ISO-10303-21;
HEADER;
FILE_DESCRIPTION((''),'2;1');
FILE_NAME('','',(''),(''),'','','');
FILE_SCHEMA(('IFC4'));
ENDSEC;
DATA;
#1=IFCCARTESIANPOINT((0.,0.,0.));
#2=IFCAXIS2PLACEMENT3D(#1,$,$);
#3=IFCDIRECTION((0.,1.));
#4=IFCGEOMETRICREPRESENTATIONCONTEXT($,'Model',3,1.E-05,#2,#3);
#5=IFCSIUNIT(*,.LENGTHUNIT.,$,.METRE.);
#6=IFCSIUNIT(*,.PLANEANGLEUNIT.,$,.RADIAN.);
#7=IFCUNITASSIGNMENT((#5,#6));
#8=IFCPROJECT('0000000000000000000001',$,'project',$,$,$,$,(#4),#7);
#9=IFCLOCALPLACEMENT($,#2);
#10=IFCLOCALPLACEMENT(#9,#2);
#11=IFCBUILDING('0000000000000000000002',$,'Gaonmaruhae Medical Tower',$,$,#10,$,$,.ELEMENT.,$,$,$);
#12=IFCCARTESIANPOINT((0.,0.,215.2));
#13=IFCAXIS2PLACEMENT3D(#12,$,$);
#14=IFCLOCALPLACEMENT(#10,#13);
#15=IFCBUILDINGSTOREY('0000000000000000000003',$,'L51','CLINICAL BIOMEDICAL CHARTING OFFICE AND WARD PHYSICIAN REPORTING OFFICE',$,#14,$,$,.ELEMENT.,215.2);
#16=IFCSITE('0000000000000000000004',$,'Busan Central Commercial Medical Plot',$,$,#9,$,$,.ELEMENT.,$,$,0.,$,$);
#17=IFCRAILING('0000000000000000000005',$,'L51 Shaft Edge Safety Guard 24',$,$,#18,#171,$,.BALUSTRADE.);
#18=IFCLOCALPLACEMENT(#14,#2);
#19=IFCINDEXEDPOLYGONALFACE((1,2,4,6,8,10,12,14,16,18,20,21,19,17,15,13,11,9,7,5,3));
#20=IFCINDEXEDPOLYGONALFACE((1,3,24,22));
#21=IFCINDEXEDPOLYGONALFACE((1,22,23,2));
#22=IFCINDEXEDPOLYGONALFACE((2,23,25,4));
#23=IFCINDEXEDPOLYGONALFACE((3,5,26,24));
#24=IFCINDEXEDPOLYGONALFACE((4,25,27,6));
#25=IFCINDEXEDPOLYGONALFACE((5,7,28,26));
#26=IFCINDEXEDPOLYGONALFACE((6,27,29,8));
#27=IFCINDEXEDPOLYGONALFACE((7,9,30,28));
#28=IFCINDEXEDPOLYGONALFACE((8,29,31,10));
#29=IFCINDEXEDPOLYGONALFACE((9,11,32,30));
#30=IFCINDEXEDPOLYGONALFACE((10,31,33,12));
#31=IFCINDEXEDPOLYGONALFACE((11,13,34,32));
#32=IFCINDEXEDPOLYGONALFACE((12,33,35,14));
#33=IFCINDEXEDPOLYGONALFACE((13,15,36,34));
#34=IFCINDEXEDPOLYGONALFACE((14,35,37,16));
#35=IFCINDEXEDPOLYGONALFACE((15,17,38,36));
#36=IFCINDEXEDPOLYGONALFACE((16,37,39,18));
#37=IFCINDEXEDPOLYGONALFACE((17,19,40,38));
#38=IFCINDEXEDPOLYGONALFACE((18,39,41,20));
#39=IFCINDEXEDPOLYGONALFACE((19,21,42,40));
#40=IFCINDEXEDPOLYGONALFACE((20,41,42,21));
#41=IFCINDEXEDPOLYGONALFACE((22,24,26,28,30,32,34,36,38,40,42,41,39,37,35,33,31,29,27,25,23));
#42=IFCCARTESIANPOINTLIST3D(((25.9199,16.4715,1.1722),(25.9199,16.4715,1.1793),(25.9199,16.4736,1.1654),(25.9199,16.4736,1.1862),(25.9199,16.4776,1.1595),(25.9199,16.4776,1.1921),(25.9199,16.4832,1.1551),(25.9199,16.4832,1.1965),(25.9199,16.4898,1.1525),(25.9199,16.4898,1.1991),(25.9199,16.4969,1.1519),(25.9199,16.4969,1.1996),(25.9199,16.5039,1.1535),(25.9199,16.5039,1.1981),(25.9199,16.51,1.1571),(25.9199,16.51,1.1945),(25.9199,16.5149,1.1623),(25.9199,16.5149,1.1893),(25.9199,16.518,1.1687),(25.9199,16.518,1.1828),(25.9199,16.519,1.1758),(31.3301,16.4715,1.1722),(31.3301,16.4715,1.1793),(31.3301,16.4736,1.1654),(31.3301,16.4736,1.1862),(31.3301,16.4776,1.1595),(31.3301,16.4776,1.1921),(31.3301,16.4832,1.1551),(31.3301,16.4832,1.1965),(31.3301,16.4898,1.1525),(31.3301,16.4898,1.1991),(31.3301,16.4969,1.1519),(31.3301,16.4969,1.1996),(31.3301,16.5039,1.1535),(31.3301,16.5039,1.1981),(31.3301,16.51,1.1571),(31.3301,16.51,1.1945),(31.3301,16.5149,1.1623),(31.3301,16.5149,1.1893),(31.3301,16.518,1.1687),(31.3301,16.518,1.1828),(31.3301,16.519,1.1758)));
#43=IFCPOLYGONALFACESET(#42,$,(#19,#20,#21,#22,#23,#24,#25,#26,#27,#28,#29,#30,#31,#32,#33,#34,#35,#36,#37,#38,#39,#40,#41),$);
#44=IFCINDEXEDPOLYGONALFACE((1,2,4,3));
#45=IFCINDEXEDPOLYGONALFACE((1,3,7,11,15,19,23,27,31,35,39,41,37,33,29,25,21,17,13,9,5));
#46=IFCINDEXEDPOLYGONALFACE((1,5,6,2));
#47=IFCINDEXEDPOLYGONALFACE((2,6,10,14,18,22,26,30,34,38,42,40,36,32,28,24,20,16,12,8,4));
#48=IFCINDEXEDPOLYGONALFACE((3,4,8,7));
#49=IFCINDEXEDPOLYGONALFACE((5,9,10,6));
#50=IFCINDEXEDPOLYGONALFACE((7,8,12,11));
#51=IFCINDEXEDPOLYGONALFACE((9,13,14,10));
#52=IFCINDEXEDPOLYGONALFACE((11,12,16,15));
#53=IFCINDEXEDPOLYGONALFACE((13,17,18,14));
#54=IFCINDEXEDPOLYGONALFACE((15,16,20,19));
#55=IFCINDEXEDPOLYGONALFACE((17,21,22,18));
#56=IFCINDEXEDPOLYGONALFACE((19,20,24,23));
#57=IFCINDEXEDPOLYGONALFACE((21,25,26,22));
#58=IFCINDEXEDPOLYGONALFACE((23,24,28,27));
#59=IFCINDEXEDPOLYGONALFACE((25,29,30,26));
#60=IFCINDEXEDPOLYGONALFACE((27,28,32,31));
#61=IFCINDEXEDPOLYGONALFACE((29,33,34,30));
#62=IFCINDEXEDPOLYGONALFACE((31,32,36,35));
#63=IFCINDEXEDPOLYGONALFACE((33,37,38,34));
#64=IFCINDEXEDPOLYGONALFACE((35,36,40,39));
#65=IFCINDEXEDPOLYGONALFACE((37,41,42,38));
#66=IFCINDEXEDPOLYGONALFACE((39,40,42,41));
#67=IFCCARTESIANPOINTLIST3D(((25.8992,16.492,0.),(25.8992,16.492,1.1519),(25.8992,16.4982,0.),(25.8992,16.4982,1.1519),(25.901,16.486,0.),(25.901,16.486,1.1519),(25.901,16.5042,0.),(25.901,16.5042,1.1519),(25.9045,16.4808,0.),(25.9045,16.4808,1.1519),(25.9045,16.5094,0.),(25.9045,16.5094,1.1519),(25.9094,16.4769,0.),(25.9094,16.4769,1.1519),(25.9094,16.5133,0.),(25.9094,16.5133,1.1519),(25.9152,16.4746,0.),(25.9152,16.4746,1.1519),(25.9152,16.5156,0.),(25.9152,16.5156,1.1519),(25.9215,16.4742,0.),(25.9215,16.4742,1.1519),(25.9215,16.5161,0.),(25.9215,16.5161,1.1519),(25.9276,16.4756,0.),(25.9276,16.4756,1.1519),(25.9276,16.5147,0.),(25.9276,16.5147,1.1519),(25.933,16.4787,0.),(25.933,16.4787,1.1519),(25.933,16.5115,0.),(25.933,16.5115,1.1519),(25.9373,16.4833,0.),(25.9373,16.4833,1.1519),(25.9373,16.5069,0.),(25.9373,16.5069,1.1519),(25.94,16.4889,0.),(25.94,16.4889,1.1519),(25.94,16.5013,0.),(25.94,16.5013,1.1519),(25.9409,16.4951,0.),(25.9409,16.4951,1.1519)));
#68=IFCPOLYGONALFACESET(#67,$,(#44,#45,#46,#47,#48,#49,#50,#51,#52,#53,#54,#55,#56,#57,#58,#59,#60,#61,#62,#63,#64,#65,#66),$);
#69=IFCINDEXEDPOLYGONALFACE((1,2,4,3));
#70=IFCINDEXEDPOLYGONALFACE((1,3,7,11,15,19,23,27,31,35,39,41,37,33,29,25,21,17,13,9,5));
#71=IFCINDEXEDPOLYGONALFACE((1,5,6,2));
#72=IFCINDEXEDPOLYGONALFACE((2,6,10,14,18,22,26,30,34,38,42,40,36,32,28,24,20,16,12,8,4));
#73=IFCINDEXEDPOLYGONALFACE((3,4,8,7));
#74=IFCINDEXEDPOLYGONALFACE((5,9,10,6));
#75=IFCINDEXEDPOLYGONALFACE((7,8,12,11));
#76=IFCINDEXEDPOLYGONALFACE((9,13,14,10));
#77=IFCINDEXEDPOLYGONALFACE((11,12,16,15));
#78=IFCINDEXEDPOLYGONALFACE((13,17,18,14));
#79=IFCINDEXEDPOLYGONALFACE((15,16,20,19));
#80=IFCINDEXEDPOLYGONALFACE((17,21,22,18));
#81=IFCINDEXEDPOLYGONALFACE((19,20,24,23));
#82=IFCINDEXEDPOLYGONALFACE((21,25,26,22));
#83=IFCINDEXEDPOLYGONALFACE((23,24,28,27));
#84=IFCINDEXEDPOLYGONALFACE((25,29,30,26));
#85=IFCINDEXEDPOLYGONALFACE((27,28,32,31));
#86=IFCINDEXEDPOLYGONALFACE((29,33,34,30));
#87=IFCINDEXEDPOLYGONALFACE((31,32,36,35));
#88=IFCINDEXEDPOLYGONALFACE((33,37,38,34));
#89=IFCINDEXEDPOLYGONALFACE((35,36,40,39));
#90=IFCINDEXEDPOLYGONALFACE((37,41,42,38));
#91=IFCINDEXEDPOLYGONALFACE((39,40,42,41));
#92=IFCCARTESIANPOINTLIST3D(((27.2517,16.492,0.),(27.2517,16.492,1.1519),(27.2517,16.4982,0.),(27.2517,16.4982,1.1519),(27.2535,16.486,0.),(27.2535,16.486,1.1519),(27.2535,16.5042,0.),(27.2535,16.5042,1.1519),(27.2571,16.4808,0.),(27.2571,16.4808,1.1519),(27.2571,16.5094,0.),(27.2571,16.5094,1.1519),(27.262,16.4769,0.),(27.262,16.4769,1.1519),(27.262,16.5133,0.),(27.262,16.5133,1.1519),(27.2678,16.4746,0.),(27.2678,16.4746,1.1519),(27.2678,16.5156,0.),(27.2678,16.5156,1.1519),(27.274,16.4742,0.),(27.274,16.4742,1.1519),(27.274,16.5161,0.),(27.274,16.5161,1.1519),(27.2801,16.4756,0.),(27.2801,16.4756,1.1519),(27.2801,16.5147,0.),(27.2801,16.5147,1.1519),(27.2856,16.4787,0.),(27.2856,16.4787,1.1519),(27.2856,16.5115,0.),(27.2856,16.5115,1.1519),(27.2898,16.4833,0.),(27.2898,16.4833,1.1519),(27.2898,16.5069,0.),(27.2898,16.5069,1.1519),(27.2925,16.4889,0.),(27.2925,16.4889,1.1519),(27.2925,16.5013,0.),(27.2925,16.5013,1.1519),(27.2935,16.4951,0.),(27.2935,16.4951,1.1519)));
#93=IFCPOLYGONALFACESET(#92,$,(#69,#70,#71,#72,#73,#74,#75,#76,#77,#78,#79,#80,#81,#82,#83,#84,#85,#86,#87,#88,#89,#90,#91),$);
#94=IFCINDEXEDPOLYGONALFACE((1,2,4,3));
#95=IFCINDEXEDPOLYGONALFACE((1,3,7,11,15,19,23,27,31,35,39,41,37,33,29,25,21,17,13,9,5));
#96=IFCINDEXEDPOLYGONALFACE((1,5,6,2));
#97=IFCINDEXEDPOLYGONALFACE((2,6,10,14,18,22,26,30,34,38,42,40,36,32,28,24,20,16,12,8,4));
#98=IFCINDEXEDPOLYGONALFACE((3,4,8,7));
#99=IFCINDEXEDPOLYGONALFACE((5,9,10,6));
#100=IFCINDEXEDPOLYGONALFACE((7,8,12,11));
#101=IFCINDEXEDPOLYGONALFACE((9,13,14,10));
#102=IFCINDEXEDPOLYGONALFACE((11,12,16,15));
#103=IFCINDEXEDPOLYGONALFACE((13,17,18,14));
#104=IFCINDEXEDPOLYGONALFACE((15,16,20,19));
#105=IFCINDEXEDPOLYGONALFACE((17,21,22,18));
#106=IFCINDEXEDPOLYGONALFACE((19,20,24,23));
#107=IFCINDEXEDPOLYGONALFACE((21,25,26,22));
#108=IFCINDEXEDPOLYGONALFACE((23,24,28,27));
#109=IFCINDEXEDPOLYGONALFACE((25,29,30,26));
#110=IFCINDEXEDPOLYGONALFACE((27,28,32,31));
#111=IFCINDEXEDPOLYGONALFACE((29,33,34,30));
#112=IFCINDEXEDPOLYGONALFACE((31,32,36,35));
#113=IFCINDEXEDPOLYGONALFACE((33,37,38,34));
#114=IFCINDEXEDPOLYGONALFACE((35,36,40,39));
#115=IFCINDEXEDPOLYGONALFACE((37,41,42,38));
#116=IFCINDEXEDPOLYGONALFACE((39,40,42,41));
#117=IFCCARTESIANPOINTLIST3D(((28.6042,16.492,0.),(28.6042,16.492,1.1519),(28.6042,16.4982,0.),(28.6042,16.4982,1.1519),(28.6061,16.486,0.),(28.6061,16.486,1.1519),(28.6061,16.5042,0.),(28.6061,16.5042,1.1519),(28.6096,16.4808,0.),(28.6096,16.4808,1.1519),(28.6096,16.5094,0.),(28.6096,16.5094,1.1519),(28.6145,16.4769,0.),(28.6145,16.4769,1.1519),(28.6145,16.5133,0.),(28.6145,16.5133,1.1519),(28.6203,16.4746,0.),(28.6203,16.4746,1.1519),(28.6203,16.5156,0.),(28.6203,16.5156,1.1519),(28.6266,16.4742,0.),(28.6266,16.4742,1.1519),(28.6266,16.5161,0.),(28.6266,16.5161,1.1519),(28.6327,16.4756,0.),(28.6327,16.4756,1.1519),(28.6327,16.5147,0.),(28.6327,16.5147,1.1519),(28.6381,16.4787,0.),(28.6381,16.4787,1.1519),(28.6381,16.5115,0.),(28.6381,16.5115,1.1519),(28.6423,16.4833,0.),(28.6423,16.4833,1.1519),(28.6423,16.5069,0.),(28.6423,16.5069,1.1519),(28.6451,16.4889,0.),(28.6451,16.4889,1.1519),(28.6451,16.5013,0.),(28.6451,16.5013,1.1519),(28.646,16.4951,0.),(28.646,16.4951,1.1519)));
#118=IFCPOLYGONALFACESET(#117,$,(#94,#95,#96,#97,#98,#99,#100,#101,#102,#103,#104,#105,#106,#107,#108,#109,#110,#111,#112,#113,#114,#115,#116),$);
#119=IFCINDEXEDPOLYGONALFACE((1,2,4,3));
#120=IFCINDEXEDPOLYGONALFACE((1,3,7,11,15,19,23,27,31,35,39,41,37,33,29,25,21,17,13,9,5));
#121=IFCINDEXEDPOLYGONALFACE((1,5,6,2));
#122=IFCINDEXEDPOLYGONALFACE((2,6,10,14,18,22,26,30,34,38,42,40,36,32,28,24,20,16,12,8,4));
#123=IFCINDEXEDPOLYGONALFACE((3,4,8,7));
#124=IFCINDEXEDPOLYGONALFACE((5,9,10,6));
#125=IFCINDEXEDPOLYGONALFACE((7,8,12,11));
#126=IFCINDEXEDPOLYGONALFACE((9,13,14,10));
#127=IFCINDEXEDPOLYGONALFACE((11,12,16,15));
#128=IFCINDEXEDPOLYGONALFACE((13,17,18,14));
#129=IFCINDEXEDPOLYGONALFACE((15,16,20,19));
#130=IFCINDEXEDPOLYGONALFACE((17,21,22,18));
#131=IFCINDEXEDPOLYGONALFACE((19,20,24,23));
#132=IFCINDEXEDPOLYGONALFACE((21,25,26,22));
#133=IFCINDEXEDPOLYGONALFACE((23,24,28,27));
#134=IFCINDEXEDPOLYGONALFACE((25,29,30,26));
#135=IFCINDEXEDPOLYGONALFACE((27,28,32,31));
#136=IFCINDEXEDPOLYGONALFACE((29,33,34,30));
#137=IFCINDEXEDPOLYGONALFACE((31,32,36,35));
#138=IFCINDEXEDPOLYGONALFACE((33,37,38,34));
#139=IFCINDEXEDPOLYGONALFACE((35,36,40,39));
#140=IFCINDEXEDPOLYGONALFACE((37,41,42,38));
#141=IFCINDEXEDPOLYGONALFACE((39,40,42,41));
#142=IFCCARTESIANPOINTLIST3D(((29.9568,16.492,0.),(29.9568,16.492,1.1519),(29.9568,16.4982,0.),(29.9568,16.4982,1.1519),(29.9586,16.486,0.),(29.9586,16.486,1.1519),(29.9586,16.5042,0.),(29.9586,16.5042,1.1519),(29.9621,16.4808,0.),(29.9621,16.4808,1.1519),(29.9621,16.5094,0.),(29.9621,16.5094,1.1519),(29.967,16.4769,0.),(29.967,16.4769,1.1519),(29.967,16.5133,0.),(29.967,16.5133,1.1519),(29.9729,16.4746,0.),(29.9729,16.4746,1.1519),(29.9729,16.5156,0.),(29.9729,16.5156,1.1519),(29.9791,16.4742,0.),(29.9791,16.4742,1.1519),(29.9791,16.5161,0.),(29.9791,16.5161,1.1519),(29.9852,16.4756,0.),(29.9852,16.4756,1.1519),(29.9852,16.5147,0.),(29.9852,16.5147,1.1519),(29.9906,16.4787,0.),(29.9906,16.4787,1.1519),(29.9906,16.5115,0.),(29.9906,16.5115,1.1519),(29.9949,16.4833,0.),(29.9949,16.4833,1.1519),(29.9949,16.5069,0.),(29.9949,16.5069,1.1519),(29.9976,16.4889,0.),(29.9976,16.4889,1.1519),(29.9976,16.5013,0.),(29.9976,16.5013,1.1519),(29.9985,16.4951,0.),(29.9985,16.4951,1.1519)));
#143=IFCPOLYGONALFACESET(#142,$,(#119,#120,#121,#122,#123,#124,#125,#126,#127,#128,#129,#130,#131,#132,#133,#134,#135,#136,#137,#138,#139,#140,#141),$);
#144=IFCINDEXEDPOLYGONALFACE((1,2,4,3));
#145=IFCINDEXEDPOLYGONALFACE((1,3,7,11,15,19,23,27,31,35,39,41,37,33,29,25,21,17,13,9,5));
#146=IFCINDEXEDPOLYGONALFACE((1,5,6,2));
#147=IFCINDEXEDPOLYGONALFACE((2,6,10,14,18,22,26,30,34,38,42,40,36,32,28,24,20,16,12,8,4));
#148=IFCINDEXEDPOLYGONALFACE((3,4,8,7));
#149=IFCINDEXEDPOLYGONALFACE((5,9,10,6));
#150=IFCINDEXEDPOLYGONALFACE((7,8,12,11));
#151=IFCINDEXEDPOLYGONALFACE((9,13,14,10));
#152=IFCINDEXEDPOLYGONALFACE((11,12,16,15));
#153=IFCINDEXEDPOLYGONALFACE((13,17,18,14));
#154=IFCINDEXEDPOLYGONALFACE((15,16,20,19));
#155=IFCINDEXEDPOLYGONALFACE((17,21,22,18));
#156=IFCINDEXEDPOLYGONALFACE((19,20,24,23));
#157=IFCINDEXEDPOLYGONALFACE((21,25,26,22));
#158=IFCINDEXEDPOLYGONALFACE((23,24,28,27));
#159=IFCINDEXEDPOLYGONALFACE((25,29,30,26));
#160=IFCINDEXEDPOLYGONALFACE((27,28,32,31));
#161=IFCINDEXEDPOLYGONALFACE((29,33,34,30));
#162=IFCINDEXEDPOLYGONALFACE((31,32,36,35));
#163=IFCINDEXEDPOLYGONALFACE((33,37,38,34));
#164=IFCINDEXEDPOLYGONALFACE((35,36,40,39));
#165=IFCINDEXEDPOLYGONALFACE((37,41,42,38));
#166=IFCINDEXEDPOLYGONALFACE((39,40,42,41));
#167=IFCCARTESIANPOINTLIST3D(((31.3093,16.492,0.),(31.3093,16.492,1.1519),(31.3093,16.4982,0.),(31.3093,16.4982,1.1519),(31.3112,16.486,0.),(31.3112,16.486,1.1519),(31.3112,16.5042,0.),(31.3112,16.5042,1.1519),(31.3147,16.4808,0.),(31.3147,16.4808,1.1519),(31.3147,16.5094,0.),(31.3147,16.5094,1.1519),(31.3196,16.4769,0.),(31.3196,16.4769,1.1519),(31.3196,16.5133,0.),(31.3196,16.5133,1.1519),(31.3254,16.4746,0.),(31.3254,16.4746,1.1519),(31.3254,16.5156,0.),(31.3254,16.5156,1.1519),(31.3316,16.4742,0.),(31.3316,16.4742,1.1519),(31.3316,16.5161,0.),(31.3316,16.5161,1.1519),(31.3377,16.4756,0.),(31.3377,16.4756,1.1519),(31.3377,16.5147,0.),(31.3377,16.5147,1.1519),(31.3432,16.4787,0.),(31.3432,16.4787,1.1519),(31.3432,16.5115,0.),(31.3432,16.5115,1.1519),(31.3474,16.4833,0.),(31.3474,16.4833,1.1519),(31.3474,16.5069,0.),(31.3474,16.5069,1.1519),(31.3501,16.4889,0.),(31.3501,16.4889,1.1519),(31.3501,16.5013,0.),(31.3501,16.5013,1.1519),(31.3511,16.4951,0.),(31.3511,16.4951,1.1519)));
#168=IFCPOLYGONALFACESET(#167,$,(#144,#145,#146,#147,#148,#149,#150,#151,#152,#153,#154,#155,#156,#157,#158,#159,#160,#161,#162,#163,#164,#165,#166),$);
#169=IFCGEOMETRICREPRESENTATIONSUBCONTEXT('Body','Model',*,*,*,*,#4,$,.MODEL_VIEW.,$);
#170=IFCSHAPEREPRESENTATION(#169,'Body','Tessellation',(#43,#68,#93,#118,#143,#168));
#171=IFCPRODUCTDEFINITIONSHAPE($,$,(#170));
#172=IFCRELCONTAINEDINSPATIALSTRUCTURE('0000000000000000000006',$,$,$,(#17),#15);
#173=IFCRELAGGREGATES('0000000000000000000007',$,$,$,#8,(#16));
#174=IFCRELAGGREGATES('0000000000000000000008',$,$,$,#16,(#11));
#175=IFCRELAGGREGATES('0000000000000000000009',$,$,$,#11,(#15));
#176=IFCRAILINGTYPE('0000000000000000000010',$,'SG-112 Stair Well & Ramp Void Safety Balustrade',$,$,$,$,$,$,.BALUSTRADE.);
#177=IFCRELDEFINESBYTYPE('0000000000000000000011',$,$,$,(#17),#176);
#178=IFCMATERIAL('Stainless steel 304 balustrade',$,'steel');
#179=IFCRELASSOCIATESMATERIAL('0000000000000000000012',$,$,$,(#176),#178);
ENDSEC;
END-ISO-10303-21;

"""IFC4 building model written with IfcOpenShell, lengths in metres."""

from ifc_helpers import new_model, si_unit, direction, frame, origin, origin_2d, place, context, subcontext, project, spatial, circle, extrude, material, type_object, element, save


model = new_model("IFC4")

# Units and contexts
model_context = context("Model", 3, precision=1e-05, world=origin(), true_north=direction((0.0, 1.0)))
body_context = subcontext(model_context, "Body", "Model", "MODEL_VIEW")
ifc_project = project(units=[si_unit("LENGTHUNIT", "METRE"), si_unit("PLANEANGLEUNIT", "RADIAN")], contexts=[model_context])

# Site, building, storey
site_placement = place(None, origin())
site = spatial("IfcSite", under=ifc_project, at=site_placement, Name="Busan Central Commercial Medical Plot", CompositionType="ELEMENT", RefElevation=0.0)
building_placement = place(site_placement, origin())
building = spatial("IfcBuilding", under=site, at=building_placement, Name="Gaonmaruhae Medical Tower", CompositionType="ELEMENT")
storey_placement = place(building_placement, frame((0.0, 0.0, 215.2)))
storey = spatial("IfcBuildingStorey", under=building, at=storey_placement, Name="L51", Description="CLINICAL BIOMEDICAL CHARTING OFFICE AND WARD PHYSICIAN REPORTING OFFICE", CompositionType="ELEMENT", Elevation=215.2)

# Railing
ifc_material_1 = material(Name="Stainless steel 304 balustrade", Category="steel")
railing_type_1 = type_object("IfcRailingType", Name="SG-112 Stair Well & Ramp Void Safety Balustrade", PredefinedType="BALUSTRADE", material=ifc_material_1)
railing_1_placement = place(storey_placement, frame((25.9199, 16.4951, 0.0)))
element("IfcRailing", 1, at=railing_1_placement, inside=storey, type_object=railing_type_1, Name="L51 Shaft Edge Safety Guard 24", PredefinedType="BALUSTRADE", context=body_context, shape_type="SweptSolid", body=[
    extrude(circle(Radius=0.0239, at=origin_2d()), frame((0.0, 0.0, 1.1758), z_axis=(1.0, 0.0, 0.0), x_axis=(0.0, 1.0, 0.0)), (0.0, 0.0, 1.0), 5.4102),
    extrude(circle(Radius=0.021, at=origin_2d()), origin(), (0.0, 0.0, 1.0), 1.1519),
    extrude(circle(Radius=0.021, at=origin_2d()), frame((1.3525, 0.0, 0.0)), (0.0, 0.0, 1.0), 1.1519),
    extrude(circle(Radius=0.021, at=origin_2d()), frame((2.7051, 0.0, 0.0)), (0.0, 0.0, 1.0), 1.1519),
    extrude(circle(Radius=0.021, at=origin_2d()), frame((4.0576, 0.0, 0.0)), (0.0, 0.0, 1.0), 1.1519),
    extrude(circle(Radius=0.021, at=origin_2d()), frame((5.4102, 0.0, 0.0)), (0.0, 0.0, 1.0), 1.1519),
])

save(model, "model.ifc")
